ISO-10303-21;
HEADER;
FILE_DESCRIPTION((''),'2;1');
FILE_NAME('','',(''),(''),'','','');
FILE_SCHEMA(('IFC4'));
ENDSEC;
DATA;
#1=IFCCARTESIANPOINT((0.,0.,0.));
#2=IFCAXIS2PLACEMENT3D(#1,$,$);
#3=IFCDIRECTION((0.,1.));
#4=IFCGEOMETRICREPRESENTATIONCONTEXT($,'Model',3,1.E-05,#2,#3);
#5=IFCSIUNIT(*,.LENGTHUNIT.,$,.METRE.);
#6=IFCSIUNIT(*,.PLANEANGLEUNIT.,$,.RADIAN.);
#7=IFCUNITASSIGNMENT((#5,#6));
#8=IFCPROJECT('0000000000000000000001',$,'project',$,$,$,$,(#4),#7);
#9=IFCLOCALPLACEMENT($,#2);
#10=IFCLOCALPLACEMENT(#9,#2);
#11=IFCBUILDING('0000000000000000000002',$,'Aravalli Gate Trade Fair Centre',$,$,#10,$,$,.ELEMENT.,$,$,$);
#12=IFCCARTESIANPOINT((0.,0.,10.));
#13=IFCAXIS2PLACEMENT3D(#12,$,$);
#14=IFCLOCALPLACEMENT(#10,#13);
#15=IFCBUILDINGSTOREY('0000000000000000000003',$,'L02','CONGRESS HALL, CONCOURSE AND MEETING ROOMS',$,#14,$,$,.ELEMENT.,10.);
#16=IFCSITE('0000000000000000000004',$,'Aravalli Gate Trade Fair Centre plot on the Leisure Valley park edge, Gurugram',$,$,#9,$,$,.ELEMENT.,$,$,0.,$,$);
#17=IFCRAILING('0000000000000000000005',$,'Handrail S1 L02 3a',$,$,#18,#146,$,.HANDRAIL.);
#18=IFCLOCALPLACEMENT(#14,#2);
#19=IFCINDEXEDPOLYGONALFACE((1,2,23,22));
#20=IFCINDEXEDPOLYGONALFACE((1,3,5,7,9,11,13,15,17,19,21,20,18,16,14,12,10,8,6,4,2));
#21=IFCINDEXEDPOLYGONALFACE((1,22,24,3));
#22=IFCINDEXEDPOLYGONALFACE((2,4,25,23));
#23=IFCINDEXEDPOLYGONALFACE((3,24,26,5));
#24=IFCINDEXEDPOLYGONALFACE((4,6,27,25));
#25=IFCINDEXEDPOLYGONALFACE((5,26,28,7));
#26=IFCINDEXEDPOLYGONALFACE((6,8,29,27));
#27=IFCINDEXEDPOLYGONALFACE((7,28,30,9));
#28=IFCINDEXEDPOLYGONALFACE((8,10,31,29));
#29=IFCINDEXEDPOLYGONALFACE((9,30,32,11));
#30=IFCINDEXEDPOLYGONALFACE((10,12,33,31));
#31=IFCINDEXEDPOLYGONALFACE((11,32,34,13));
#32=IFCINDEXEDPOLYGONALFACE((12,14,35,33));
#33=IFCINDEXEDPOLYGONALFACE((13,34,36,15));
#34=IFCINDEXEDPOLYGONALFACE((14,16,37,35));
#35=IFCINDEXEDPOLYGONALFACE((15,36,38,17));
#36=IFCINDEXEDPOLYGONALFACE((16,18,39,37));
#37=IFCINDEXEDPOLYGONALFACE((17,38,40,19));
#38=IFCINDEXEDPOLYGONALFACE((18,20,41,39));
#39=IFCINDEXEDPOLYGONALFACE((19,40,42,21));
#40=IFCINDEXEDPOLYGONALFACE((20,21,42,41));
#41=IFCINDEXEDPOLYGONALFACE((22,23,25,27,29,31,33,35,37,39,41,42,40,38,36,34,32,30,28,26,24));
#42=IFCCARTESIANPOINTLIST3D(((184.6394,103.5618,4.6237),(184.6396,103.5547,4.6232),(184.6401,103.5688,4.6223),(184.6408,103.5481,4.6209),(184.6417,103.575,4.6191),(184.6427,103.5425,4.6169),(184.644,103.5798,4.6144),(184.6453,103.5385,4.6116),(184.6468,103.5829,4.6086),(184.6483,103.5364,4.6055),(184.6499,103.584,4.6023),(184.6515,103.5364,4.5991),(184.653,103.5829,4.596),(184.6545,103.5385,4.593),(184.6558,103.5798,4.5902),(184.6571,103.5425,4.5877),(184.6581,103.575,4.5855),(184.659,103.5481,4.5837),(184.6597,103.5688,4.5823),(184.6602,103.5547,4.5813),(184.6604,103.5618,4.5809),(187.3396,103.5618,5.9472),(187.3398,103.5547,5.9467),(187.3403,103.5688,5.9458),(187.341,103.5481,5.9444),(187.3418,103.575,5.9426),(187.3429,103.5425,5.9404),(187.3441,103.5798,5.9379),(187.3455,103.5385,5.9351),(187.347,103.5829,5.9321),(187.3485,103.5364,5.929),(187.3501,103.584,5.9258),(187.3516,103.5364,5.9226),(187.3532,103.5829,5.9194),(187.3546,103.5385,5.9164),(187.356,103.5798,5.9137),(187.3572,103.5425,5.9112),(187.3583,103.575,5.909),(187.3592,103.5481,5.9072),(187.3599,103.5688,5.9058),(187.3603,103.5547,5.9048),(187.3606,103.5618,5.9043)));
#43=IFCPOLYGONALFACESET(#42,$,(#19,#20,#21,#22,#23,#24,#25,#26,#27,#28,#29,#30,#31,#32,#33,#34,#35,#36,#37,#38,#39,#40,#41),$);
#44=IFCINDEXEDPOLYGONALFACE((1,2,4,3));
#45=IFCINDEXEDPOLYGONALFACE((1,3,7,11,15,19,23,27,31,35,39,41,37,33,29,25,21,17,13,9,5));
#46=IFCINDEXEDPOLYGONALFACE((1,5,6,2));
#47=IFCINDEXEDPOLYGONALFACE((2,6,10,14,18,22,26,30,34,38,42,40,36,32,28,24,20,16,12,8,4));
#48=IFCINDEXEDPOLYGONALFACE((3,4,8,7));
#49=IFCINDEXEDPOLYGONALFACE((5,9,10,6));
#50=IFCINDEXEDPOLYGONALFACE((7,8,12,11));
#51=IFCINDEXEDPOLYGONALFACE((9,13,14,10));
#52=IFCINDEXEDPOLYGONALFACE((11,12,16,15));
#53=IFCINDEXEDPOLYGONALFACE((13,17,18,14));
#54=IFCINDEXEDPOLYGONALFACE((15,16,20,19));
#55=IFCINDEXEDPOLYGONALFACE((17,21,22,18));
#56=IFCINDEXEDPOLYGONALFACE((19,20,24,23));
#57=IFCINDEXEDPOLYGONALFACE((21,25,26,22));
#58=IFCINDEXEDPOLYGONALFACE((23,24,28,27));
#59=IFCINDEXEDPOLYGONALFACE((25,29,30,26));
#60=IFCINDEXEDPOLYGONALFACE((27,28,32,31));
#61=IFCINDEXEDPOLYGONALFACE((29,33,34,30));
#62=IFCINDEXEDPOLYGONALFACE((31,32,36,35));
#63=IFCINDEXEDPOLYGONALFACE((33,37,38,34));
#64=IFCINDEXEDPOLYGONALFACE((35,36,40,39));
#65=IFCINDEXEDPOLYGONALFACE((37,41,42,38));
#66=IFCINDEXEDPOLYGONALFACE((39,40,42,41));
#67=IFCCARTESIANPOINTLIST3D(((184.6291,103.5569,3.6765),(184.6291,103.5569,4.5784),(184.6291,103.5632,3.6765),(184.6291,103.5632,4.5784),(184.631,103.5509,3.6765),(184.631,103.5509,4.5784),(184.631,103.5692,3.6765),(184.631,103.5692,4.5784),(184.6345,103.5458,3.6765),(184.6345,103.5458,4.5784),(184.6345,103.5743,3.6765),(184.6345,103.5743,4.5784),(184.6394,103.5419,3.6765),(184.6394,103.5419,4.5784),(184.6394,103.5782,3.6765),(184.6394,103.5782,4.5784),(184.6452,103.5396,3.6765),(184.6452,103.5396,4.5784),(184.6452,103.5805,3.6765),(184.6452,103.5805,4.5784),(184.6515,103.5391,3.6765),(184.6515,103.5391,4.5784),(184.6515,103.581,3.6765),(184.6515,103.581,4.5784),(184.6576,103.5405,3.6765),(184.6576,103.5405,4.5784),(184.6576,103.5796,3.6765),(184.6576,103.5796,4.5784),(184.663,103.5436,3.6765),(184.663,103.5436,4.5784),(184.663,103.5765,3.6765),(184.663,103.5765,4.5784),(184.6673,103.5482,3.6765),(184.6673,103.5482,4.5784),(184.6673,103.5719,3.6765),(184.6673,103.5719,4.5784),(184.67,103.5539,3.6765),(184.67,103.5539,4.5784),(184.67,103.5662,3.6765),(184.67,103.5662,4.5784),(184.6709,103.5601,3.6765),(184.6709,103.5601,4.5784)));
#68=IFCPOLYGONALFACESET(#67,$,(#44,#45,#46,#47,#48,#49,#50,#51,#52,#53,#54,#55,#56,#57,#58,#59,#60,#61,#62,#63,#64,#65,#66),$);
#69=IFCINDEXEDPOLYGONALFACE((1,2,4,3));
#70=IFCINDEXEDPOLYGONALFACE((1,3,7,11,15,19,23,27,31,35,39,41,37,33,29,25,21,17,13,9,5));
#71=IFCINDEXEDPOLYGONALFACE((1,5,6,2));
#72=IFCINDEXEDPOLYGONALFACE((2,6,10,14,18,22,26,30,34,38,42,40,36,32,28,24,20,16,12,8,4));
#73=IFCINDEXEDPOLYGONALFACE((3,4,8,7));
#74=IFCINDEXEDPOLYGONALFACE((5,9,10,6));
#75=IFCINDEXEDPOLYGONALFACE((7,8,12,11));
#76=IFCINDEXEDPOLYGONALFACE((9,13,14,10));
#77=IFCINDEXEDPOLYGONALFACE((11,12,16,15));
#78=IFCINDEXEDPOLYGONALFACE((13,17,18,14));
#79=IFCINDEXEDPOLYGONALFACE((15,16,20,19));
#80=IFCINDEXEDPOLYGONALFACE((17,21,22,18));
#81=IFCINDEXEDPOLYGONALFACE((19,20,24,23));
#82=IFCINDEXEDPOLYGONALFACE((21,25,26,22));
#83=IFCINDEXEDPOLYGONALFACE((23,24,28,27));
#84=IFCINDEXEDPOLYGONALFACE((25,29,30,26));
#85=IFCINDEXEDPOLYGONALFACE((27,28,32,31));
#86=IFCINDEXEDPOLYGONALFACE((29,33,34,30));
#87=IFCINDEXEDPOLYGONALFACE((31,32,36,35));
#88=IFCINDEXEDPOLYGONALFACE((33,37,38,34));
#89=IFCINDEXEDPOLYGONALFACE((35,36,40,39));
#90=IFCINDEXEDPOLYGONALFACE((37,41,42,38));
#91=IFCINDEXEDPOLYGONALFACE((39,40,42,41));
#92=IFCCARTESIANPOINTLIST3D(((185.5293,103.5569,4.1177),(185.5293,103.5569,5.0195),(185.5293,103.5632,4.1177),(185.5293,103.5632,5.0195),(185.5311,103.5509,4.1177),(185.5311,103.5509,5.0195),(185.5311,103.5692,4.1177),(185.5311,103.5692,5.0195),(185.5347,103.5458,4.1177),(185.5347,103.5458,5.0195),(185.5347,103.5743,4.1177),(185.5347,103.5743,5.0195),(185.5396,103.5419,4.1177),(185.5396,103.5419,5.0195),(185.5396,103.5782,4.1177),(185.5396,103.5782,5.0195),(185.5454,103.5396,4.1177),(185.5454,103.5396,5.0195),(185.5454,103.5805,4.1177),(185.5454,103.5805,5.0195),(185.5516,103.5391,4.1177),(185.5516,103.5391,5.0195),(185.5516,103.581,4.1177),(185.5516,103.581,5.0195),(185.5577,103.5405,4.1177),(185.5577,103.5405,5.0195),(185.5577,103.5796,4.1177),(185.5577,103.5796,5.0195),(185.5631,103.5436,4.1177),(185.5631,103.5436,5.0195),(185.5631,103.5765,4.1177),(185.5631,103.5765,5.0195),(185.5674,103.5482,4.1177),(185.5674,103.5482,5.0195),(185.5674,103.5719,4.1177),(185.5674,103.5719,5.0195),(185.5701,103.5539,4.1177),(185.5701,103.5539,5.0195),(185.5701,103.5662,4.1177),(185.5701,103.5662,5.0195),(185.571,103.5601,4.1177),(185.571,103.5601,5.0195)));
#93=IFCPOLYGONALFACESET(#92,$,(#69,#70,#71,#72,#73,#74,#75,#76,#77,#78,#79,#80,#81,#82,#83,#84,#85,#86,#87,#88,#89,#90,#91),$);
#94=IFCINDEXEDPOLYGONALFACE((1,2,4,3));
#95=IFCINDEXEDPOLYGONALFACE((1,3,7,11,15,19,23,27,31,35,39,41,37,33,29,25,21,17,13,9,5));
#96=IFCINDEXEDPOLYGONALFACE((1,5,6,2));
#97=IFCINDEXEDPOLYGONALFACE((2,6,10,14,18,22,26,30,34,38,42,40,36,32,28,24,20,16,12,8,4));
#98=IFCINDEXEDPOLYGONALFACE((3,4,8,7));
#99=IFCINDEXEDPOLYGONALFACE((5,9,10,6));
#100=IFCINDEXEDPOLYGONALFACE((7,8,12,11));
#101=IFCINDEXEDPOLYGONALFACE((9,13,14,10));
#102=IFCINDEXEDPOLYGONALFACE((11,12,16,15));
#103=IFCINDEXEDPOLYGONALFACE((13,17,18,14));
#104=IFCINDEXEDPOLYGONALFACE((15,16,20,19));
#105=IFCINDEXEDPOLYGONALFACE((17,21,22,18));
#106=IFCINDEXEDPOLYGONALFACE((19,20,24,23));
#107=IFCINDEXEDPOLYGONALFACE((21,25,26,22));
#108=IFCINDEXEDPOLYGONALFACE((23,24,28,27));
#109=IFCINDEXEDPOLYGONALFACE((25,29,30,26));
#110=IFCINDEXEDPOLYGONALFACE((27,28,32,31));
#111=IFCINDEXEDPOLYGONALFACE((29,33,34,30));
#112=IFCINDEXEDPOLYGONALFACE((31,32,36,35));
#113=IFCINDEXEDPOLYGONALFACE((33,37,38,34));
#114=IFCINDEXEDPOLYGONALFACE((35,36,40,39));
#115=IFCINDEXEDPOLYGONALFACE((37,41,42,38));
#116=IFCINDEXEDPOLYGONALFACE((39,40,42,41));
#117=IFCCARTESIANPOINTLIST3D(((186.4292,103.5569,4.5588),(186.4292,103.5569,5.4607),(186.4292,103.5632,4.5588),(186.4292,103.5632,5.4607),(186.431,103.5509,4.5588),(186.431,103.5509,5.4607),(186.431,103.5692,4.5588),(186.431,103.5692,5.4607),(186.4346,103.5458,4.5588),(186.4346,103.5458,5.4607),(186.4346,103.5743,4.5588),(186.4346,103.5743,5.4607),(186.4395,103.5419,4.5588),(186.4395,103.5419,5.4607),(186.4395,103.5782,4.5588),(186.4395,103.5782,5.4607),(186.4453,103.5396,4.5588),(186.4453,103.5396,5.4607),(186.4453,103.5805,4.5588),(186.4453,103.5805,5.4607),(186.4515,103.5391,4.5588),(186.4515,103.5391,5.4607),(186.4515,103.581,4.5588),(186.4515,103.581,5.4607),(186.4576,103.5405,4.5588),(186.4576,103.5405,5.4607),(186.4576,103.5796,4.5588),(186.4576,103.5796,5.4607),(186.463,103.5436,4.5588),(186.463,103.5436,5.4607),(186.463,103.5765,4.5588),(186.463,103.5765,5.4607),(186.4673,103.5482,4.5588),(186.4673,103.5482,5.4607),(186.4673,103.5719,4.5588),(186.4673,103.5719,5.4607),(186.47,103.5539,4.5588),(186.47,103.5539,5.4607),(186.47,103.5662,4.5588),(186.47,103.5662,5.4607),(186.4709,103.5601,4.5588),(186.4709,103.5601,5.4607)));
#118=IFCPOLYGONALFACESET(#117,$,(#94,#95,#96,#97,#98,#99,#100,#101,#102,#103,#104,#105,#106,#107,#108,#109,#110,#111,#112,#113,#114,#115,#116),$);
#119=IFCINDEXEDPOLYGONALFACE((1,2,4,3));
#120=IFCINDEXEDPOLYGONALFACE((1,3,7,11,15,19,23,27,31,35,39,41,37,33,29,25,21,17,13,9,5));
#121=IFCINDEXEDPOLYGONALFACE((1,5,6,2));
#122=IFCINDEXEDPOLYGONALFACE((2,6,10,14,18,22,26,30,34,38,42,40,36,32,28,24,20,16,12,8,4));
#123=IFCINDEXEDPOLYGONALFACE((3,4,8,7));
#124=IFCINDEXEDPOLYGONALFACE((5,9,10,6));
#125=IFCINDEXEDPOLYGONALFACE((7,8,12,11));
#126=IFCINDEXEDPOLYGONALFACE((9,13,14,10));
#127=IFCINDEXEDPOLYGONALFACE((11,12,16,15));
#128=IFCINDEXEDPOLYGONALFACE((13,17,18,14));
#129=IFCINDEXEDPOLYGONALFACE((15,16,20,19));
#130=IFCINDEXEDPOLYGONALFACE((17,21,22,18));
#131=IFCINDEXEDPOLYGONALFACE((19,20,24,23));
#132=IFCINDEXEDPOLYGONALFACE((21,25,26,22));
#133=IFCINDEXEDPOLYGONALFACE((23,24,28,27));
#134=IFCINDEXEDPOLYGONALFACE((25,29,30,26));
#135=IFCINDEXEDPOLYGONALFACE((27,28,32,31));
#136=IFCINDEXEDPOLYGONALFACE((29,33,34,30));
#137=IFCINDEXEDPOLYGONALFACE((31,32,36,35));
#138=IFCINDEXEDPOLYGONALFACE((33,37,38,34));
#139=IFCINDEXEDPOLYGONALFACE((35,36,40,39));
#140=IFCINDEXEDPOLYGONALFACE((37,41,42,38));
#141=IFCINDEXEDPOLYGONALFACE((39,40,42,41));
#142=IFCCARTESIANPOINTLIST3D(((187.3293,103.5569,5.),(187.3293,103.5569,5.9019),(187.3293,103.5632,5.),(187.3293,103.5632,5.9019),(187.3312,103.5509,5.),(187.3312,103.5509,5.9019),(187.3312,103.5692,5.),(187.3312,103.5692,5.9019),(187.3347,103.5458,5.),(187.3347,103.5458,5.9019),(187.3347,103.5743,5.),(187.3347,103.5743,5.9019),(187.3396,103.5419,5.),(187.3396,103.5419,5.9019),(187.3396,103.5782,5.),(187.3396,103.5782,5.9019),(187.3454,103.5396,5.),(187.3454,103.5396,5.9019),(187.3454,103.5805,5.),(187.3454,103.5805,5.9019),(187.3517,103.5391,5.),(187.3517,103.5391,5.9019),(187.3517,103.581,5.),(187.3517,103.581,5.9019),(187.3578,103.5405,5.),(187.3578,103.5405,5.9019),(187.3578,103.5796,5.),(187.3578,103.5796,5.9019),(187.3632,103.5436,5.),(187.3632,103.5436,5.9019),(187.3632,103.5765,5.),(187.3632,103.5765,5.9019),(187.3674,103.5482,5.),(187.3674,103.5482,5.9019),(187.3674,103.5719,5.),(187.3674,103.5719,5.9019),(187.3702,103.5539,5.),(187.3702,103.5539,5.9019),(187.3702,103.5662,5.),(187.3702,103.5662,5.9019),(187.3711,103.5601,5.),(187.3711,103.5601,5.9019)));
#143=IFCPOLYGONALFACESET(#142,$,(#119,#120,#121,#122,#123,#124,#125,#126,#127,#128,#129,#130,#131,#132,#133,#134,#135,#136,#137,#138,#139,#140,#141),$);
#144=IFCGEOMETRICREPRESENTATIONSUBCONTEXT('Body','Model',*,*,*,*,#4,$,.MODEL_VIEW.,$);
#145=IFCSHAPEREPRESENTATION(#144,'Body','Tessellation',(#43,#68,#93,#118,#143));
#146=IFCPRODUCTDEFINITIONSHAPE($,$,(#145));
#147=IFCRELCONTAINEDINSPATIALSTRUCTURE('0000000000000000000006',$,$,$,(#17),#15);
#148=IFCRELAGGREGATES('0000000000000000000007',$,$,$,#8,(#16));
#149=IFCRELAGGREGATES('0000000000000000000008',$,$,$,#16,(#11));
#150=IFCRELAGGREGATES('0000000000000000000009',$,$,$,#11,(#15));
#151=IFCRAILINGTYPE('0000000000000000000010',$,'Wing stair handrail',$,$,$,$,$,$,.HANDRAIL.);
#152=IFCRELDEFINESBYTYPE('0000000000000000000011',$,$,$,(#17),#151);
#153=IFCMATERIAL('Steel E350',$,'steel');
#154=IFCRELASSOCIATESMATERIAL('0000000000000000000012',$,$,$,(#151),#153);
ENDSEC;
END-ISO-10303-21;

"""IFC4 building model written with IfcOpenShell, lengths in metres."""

from ifc_helpers import new_model, si_unit, direction, frame, origin, origin_2d, place, context, subcontext, project, spatial, circle, extrude, material, type_object, element, save


model = new_model("IFC4")

# Units and contexts
model_context = context("Model", 3, precision=1e-05, world=origin(), true_north=direction((0.0, 1.0)))
body_context = subcontext(model_context, "Body", "Model", "MODEL_VIEW")
ifc_project = project(units=[si_unit("LENGTHUNIT", "METRE"), si_unit("PLANEANGLEUNIT", "RADIAN")], contexts=[model_context])

# Site, building, storey
site_placement = place(None, origin())
site = spatial("IfcSite", under=ifc_project, at=site_placement, Name="Aravalli Gate Trade Fair Centre plot on the Leisure Valley park edge, Gurugram", CompositionType="ELEMENT", RefElevation=0.0)
building_placement = place(site_placement, origin())
building = spatial("IfcBuilding", under=site, at=building_placement, Name="Aravalli Gate Trade Fair Centre", CompositionType="ELEMENT")
storey_placement = place(building_placement, frame((0.0, 0.0, 10.0)))
storey = spatial("IfcBuildingStorey", under=building, at=storey_placement, Name="L02", Description="CONGRESS HALL, CONCOURSE AND MEETING ROOMS", CompositionType="ELEMENT", Elevation=10.0)

# Shared definitions
ifc_material_1 = material(Name="Steel E350", Category="steel")

# Railing
railing_type_1 = type_object("IfcRailingType", Name="Wing stair handrail", PredefinedType="HANDRAIL", material=ifc_material_1)
for number, where, name in (
    (1, (184.6499, 103.5601, 3.6765), "Handrail S1 L02 3a"),
):
    element("IfcRailing", number, at=place(storey_placement, frame(where)), inside=storey, type_object=railing_type_1, Name=name, PredefinedType="HANDRAIL", context=body_context, shape_type="SweptSolid", body=[
        extrude(circle(Radius=0.0239, at=origin_2d()), frame((0.0, 0.0, 0.9258), z_axis=(0.897939, 0.0, 0.44012), x_axis=(0.0, 1.0, 0.0)), (0.0, 0.0, 1.0), 3.0071),
        extrude(circle(Radius=0.021, at=origin_2d()), origin(), (0.0, 0.0, 1.0), 0.9019),
        extrude(circle(Radius=0.021, at=origin_2d()), frame((0.9001, 0.0, 0.4412)), (0.0, 0.0, 1.0), 0.9019),
        extrude(circle(Radius=0.021, at=origin_2d()), frame((1.8, 0.0, 0.8823)), (0.0, 0.0, 1.0), 0.9019),
        extrude(circle(Radius=0.021, at=origin_2d()), frame((2.7002, 0.0, 1.3235)), (0.0, 0.0, 1.0), 0.9019),
    ])

save(model, "model.ifc")
